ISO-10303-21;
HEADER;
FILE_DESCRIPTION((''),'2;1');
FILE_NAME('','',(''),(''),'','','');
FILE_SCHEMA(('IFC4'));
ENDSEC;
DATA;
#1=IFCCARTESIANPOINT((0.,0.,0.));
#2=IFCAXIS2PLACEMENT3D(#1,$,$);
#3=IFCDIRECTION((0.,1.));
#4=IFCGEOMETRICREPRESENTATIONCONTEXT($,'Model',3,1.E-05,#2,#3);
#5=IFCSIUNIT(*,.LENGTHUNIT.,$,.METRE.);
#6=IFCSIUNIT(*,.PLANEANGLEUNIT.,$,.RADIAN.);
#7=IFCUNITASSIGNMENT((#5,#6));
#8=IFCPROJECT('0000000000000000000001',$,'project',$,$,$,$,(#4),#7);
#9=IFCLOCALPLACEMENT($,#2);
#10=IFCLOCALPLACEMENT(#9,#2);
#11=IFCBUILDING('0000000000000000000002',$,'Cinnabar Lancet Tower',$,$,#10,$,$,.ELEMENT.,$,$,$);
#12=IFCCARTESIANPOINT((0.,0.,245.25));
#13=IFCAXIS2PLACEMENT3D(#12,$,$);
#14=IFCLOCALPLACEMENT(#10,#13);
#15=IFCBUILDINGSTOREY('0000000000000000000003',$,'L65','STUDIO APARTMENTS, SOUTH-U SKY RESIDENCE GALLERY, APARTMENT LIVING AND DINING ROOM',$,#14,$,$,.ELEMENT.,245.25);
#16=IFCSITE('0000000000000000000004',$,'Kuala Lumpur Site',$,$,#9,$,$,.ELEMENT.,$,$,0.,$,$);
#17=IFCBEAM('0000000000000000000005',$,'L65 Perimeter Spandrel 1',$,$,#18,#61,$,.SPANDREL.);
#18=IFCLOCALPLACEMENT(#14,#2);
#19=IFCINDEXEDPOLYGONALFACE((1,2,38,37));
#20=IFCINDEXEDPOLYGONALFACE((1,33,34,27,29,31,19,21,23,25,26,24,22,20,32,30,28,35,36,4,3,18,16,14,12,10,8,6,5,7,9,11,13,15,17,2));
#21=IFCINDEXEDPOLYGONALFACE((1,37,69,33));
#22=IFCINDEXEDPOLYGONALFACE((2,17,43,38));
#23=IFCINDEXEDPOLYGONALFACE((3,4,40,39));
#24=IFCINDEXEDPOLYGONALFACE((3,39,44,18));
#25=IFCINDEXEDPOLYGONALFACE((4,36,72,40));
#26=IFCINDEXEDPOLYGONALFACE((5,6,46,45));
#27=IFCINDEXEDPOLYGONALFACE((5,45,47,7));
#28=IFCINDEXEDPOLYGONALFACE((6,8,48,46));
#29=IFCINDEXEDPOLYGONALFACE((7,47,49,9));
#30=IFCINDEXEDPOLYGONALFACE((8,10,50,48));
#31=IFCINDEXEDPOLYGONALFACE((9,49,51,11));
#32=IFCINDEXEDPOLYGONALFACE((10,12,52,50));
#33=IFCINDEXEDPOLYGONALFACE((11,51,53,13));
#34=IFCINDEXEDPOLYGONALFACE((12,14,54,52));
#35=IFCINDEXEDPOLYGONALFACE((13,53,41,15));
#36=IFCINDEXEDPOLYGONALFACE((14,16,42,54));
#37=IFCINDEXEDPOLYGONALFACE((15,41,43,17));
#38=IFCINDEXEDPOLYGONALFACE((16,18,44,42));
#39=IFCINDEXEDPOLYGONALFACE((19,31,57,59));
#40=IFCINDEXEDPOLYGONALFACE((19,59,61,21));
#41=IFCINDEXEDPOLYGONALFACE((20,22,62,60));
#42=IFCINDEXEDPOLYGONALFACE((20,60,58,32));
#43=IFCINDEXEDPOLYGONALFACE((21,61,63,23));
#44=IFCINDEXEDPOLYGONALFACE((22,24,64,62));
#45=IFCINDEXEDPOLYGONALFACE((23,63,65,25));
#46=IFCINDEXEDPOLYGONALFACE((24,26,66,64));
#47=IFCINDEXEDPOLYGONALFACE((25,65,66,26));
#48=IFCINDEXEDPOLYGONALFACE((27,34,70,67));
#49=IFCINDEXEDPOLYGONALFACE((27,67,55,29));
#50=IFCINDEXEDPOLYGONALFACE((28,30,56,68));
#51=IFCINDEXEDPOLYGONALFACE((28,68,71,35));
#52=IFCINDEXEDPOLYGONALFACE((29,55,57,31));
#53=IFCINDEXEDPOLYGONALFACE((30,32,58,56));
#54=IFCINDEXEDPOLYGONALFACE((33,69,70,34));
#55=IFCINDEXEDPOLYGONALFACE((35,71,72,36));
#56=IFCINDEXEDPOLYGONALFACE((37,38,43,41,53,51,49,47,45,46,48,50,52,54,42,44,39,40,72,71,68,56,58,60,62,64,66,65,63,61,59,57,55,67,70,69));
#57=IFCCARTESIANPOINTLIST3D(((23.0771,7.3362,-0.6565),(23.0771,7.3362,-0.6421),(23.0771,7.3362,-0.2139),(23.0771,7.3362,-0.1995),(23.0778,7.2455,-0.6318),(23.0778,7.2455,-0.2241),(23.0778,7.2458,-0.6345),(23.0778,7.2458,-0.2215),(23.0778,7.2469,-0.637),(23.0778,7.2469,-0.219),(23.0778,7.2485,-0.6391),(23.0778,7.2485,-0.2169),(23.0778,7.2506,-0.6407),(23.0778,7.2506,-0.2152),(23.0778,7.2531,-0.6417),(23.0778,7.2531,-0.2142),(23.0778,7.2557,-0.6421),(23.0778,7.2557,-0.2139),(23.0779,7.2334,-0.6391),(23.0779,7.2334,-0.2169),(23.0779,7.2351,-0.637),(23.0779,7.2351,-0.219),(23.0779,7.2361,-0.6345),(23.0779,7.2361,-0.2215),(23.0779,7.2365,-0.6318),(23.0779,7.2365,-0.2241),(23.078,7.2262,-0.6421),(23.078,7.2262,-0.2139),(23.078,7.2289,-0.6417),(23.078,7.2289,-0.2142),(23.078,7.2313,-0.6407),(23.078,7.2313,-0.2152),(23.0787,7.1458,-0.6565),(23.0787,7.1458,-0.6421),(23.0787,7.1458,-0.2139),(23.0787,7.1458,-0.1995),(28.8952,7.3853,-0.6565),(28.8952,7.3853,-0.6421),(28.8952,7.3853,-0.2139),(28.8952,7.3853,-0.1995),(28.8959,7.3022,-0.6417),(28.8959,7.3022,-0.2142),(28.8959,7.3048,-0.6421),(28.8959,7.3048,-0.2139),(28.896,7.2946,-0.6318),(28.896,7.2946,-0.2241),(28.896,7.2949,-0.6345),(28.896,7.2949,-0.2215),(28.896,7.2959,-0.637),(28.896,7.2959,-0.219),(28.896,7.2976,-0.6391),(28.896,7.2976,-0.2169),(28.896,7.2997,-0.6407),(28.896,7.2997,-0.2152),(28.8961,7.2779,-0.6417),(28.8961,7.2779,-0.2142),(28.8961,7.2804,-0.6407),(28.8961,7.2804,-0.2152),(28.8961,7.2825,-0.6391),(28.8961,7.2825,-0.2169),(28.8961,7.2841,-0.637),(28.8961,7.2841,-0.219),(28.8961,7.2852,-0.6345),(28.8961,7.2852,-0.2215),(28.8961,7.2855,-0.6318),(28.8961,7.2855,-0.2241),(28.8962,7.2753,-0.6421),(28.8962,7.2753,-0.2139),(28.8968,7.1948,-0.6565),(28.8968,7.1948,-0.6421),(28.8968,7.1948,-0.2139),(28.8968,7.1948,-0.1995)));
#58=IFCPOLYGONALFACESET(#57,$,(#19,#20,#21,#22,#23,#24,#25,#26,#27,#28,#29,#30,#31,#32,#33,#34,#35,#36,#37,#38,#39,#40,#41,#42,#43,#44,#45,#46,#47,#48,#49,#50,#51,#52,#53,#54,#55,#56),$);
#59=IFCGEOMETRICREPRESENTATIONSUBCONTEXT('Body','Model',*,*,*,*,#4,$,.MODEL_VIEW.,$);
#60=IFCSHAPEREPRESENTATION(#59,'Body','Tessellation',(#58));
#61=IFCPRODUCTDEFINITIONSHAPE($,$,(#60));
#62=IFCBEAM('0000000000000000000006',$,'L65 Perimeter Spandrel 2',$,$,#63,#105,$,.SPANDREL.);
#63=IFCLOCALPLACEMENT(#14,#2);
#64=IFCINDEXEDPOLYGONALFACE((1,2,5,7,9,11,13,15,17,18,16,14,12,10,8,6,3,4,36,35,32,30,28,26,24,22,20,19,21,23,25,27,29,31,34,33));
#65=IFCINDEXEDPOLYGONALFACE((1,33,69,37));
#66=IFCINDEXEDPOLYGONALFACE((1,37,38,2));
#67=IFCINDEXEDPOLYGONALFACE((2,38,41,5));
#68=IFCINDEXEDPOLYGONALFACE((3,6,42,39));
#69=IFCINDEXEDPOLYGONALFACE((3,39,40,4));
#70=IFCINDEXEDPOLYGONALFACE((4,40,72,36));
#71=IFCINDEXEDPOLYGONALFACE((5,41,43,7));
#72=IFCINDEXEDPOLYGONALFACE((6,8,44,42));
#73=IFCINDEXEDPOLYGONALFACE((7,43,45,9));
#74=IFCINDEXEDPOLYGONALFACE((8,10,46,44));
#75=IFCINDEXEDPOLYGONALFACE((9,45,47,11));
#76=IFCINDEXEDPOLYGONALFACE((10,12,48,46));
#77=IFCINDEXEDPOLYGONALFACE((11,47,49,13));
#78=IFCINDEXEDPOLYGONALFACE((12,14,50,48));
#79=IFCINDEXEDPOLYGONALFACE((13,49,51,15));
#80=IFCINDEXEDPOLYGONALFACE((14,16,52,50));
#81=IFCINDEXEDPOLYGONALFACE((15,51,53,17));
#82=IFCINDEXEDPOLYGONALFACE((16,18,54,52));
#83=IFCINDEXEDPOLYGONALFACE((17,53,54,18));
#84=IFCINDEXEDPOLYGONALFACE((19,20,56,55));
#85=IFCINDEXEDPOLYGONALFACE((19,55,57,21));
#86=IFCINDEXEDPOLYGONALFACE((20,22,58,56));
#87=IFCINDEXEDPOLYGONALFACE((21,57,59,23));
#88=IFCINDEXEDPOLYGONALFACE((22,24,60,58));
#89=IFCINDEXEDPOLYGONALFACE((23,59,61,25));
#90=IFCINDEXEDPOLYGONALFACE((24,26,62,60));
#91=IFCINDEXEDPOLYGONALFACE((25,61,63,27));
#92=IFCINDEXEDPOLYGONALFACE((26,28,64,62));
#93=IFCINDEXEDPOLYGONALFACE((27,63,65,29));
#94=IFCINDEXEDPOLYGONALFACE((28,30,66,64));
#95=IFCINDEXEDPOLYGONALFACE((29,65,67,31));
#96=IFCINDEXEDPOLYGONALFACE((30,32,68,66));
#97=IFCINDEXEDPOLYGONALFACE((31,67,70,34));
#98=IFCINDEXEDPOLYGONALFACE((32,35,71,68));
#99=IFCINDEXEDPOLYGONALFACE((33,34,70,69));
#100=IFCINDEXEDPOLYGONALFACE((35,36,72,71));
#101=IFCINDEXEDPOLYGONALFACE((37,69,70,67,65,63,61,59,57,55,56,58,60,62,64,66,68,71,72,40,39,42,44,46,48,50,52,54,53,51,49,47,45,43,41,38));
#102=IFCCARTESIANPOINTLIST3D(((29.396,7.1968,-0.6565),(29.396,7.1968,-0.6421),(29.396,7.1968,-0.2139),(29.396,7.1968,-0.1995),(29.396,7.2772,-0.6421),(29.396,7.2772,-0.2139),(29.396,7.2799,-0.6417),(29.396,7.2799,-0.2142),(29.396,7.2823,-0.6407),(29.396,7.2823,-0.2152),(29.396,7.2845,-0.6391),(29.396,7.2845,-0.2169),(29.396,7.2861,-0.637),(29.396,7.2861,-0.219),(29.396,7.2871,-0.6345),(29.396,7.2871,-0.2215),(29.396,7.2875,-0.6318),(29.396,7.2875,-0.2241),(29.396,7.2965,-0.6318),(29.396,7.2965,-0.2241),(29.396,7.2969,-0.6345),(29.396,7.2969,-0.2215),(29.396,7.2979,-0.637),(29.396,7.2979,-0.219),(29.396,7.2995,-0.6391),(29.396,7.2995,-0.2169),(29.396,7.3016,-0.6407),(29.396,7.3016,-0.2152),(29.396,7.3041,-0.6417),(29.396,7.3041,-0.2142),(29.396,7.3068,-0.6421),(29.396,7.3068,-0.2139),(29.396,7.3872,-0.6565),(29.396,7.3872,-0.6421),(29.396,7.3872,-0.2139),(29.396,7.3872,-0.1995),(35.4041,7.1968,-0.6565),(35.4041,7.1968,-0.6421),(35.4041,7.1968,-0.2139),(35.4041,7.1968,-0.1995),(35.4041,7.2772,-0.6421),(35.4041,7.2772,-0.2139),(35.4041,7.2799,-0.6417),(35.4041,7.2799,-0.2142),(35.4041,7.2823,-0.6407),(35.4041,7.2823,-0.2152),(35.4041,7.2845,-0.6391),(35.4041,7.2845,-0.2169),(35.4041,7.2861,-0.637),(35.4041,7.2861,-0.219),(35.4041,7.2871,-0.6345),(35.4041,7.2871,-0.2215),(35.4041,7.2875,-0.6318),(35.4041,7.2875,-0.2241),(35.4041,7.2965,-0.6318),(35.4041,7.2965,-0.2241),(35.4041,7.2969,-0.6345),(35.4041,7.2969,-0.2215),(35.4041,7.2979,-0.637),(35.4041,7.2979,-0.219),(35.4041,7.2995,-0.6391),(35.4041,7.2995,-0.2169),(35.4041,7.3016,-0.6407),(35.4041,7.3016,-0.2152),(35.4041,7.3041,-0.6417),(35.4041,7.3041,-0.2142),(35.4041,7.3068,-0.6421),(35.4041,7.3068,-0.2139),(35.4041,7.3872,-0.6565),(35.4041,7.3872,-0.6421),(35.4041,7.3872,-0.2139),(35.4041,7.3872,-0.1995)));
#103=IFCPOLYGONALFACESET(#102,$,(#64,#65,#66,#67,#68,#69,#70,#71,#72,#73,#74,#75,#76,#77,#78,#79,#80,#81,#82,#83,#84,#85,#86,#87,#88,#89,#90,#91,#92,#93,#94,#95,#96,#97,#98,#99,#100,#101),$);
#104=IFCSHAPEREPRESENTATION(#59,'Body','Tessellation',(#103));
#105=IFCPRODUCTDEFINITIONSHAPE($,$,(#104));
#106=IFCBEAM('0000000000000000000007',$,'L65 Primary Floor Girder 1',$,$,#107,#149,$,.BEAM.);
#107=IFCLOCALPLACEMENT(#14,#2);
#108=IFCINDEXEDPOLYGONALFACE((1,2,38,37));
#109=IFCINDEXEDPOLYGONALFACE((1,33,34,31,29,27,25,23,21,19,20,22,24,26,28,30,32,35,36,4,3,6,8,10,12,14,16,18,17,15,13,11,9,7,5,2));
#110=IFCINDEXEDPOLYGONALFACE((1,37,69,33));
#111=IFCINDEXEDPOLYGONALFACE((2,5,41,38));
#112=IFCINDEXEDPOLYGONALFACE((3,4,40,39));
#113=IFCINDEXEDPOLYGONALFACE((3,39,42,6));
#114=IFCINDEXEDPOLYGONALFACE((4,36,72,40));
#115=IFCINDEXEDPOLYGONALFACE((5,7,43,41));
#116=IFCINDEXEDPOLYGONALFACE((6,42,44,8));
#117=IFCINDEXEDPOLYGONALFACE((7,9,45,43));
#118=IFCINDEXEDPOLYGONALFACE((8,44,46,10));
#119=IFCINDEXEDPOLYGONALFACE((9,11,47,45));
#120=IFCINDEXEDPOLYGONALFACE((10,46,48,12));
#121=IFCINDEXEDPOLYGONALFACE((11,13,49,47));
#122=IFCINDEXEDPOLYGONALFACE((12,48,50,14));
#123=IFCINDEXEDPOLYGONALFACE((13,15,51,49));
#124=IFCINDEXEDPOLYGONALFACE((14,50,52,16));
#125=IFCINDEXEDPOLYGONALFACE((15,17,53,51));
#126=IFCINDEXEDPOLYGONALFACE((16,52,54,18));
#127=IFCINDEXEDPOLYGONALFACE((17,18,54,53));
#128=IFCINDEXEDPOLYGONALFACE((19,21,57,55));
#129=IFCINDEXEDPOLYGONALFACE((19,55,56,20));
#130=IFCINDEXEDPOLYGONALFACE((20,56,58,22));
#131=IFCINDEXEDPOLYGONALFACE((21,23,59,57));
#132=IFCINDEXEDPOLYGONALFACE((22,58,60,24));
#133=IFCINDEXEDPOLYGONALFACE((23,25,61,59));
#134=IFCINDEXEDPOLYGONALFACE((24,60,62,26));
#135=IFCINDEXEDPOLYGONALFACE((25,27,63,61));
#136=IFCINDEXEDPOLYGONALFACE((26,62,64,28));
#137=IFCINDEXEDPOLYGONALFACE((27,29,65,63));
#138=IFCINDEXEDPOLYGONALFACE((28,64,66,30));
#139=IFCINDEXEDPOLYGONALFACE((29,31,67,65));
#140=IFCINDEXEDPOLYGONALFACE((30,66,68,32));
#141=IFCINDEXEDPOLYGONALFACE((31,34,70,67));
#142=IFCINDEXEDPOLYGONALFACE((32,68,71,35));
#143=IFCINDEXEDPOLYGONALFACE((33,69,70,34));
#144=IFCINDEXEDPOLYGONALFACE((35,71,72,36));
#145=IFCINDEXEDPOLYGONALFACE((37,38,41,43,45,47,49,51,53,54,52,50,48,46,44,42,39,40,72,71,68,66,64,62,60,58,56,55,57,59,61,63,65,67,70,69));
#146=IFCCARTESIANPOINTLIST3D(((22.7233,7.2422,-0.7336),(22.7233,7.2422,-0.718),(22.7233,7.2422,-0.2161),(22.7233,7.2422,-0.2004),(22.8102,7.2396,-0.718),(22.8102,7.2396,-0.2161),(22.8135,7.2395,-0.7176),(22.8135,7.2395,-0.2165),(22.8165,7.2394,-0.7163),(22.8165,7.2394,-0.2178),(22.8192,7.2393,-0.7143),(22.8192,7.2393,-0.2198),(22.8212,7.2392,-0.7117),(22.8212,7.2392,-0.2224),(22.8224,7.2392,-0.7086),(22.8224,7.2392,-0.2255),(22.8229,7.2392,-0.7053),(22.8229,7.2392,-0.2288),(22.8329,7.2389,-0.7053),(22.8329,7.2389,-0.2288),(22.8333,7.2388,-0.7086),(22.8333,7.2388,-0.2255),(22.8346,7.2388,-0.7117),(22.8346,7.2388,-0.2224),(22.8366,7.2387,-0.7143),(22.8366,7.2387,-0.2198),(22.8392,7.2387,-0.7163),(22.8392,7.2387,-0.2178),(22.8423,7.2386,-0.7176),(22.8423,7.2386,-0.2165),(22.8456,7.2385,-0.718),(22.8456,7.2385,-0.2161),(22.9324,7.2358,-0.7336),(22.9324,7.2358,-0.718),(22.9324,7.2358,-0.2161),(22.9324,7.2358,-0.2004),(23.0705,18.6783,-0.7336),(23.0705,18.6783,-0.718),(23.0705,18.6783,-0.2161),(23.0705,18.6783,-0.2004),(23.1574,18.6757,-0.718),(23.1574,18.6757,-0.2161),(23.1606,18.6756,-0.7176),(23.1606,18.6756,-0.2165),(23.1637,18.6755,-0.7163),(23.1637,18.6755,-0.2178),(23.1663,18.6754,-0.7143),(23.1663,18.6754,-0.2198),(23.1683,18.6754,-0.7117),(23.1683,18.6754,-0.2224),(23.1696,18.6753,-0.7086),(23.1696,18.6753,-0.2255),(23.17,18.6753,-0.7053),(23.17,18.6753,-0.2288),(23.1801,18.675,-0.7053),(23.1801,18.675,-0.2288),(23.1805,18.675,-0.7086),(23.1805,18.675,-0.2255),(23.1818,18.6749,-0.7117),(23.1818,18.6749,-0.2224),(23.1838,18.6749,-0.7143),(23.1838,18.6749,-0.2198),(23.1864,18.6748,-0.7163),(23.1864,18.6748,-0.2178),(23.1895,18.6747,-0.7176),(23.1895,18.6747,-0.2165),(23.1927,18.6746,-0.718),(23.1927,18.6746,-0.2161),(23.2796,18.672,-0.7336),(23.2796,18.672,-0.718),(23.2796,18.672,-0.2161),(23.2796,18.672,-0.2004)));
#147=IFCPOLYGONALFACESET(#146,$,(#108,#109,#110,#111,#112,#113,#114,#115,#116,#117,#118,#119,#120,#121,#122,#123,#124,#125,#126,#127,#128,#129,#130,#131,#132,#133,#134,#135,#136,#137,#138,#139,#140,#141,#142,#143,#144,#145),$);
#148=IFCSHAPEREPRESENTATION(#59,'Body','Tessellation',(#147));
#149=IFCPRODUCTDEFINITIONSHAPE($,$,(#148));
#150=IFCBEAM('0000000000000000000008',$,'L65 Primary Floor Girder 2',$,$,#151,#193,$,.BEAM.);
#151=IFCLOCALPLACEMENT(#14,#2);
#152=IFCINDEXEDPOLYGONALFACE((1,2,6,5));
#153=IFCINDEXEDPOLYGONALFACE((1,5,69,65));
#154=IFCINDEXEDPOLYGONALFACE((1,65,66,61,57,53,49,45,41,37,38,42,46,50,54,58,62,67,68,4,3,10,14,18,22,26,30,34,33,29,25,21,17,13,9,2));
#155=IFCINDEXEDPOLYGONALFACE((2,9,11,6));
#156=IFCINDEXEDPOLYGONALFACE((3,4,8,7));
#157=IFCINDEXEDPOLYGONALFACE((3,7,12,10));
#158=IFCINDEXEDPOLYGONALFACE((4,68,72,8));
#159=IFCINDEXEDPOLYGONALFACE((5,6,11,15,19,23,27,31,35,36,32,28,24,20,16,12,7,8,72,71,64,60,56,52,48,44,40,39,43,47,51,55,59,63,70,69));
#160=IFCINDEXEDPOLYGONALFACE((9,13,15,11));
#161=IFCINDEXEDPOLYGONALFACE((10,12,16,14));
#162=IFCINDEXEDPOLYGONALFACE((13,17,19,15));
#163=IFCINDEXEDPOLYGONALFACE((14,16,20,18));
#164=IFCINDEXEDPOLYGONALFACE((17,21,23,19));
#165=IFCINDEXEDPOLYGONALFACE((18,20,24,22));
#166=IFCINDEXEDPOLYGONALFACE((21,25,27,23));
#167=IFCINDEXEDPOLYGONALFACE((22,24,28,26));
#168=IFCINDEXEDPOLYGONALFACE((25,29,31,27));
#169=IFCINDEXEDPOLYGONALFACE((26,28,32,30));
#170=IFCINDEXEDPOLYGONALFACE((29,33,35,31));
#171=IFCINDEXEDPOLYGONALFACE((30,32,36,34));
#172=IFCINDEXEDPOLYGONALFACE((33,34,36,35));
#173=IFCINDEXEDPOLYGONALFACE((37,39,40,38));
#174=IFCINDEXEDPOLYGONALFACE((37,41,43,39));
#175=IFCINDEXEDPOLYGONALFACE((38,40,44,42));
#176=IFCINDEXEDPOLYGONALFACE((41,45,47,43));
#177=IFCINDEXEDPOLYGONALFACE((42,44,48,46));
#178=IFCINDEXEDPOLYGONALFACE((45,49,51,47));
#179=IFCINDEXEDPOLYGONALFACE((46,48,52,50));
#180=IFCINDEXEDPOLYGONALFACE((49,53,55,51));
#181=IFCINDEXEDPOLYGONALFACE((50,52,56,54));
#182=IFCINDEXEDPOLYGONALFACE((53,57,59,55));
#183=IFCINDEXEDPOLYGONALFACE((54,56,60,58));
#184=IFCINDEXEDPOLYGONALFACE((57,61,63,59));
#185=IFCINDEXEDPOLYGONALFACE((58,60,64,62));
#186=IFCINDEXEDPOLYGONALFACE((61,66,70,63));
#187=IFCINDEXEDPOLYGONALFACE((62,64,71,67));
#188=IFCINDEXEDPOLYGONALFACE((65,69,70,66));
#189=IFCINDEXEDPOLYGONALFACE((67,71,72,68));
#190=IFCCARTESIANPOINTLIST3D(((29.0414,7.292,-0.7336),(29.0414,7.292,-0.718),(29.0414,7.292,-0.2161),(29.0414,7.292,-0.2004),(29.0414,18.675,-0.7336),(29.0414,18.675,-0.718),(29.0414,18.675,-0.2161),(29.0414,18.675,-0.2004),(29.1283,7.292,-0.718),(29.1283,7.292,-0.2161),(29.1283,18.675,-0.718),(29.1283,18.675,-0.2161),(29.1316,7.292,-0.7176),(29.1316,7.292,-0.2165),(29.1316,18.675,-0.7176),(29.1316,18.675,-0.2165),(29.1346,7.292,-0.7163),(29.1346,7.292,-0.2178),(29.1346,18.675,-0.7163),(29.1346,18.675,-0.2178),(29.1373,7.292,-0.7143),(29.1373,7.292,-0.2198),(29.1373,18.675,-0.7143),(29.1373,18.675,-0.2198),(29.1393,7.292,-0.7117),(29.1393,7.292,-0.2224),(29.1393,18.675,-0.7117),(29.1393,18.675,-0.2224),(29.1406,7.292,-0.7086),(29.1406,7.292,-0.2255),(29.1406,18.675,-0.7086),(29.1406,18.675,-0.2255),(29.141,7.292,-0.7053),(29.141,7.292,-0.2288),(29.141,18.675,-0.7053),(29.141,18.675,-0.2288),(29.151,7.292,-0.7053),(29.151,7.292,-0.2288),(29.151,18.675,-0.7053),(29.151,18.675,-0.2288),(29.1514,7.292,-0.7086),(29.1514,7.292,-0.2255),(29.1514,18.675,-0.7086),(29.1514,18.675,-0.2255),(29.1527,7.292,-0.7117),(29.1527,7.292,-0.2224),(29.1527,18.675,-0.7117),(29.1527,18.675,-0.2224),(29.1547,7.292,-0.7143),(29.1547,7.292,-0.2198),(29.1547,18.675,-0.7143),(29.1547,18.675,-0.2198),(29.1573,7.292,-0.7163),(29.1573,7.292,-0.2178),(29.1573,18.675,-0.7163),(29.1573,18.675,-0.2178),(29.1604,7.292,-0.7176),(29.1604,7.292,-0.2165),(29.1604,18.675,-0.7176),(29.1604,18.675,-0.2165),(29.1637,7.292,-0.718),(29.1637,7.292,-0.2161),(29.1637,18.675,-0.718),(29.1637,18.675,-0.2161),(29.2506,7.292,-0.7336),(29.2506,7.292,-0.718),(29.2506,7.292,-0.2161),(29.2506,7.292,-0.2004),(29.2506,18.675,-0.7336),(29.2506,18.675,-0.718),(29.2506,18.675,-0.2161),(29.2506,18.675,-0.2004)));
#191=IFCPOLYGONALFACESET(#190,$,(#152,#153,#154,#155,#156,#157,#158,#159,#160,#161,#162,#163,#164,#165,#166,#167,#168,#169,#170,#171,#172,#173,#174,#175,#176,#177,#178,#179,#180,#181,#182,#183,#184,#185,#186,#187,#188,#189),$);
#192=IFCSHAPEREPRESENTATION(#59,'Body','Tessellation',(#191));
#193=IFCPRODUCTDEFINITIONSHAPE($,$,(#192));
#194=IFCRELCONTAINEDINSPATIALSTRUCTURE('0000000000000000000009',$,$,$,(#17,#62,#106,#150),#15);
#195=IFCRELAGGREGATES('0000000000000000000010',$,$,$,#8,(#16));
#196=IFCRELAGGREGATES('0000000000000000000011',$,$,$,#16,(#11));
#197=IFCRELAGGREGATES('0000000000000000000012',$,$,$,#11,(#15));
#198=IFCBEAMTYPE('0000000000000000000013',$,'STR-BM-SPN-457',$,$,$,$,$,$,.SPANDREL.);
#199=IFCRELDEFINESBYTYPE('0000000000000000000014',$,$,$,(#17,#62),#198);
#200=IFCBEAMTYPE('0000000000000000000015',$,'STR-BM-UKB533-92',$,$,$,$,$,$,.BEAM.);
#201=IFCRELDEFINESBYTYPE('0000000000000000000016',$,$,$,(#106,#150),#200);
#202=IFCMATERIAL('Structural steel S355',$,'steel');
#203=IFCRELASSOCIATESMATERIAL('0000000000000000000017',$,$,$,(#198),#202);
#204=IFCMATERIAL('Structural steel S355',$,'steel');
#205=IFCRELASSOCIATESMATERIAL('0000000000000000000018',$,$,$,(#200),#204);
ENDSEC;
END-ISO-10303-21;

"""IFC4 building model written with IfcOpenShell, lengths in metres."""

from ifc_helpers import new_model, si_unit, direction, frame, origin, origin_2d, place, context, subcontext, project, spatial, i_section, extrude, material, material_profile, profile_set, type_object, element, save


model = new_model("IFC4")

# Units and contexts
model_context = context("Model", 3, precision=1e-05, world=origin(), true_north=direction((0.0, 1.0)))
body_context = subcontext(model_context, "Body", "Model", "MODEL_VIEW")
ifc_project = project(units=[si_unit("LENGTHUNIT", "METRE"), si_unit("PLANEANGLEUNIT", "RADIAN")], contexts=[model_context])

# Site, building, storey
site_placement = place(None, origin())
site = spatial("IfcSite", under=ifc_project, at=site_placement, Name="Kuala Lumpur Site", CompositionType="ELEMENT", RefElevation=0.0)
building_placement = place(site_placement, origin())
building = spatial("IfcBuilding", under=site, at=building_placement, Name="Cinnabar Lancet Tower", CompositionType="ELEMENT")
storey_placement = place(building_placement, frame((0.0, 0.0, 245.25)))
storey = spatial("IfcBuildingStorey", under=building, at=storey_placement, Name="L65", Description="STUDIO APARTMENTS, SOUTH-U SKY RESIDENCE GALLERY, APARTMENT LIVING AND DINING ROOM", CompositionType="ELEMENT", Elevation=245.25)

# Beams
ifc_material_1 = material(Name="Structural steel S355", Category="steel")
ifc_material_profile_1 = material_profile(ifc_material_1, i_section(OverallWidth=0.1904, OverallDepth=0.457, WebThickness=0.009, FlangeThickness=0.0144, FilletRadius=0.0103, at=origin_2d()), Name="UKB 457x191x74")
ifc_profile_set_1 = profile_set([ifc_material_profile_1], Name="Structural steel S355")
beam_type_1 = type_object("IfcBeamType", Name="STR-BM-SPN-457", PredefinedType="SPANDREL", material=ifc_profile_set_1)
beam_1_placement = place(storey_placement, frame((23.0779, 7.241, -0.428), z_axis=(0.999964, 0.008434, 0.0), x_axis=(-0.008434, 0.999964, 0.0)))
element("IfcBeam", 1, at=beam_1_placement, inside=storey, type_object=beam_type_1, Name="L65 Perimeter Spandrel 1", PredefinedType="SPANDREL", context=body_context, shape_type="SweptSolid", body=[
    extrude(i_section(OverallWidth=0.1904, OverallDepth=0.457, WebThickness=0.009, FlangeThickness=0.0144, FilletRadius=0.0103, at=origin_2d()), origin(), (0.0, 0.0, 1.0), 5.8184),
])
beam_2_placement = place(storey_placement, frame((29.396, 7.292, -0.428), z_axis=(1.0, 0.0, 0.0), x_axis=(0.0, 1.0, 0.0)))
element("IfcBeam", 2, at=beam_2_placement, inside=storey, type_object=beam_type_1, Name="L65 Perimeter Spandrel 2", PredefinedType="SPANDREL", context=body_context, shape_type="SweptSolid", body=[
    extrude(i_section(OverallWidth=0.1904, OverallDepth=0.457, WebThickness=0.009, FlangeThickness=0.0144, FilletRadius=0.0103, at=origin_2d()), origin(), (0.0, 0.0, 1.0), 6.0081),
])
ifc_material_2 = material(Name="Structural steel S355", Category="steel")
ifc_material_profile_2 = material_profile(ifc_material_2, i_section(OverallWidth=0.2092, OverallDepth=0.5332, WebThickness=0.01, FlangeThickness=0.0156, FilletRadius=0.0127, at=origin_2d()), Name="UKB 533x210x92")
ifc_profile_set_2 = profile_set([ifc_material_profile_2], Name="Structural steel S355")
beam_type_2 = type_object("IfcBeamType", Name="STR-BM-UKB533-92", PredefinedType="BEAM", material=ifc_profile_set_2)
beam_3_placement = place(storey_placement, frame((22.8279, 7.239, -0.467), z_axis=(0.030343, 0.99954, 0.0), x_axis=(-0.99954, 0.030343, 0.0)))
element("IfcBeam", 3, at=beam_3_placement, inside=storey, type_object=beam_type_2, Name="L65 Primary Floor Girder 1", PredefinedType="BEAM", context=body_context, shape_type="SweptSolid", body=[
    extrude(i_section(OverallWidth=0.2092, OverallDepth=0.5332, WebThickness=0.01, FlangeThickness=0.0156, FilletRadius=0.0127, at=origin_2d()), origin(), (0.0, 0.0, 1.0), 11.4414),
])
beam_4_placement = place(storey_placement, frame((29.146, 7.292, -0.467), z_axis=(0.0, 1.0, 0.0), x_axis=(-1.0, 0.0, 0.0)))
element("IfcBeam", 4, at=beam_4_placement, inside=storey, type_object=beam_type_2, Name="L65 Primary Floor Girder 2", PredefinedType="BEAM", context=body_context, shape_type="SweptSolid", body=[
    extrude(i_section(OverallWidth=0.2092, OverallDepth=0.5332, WebThickness=0.01, FlangeThickness=0.0156, FilletRadius=0.0127, at=origin_2d()), origin(), (0.0, 0.0, 1.0), 11.3831),
])

save(model, "model.ifc")
